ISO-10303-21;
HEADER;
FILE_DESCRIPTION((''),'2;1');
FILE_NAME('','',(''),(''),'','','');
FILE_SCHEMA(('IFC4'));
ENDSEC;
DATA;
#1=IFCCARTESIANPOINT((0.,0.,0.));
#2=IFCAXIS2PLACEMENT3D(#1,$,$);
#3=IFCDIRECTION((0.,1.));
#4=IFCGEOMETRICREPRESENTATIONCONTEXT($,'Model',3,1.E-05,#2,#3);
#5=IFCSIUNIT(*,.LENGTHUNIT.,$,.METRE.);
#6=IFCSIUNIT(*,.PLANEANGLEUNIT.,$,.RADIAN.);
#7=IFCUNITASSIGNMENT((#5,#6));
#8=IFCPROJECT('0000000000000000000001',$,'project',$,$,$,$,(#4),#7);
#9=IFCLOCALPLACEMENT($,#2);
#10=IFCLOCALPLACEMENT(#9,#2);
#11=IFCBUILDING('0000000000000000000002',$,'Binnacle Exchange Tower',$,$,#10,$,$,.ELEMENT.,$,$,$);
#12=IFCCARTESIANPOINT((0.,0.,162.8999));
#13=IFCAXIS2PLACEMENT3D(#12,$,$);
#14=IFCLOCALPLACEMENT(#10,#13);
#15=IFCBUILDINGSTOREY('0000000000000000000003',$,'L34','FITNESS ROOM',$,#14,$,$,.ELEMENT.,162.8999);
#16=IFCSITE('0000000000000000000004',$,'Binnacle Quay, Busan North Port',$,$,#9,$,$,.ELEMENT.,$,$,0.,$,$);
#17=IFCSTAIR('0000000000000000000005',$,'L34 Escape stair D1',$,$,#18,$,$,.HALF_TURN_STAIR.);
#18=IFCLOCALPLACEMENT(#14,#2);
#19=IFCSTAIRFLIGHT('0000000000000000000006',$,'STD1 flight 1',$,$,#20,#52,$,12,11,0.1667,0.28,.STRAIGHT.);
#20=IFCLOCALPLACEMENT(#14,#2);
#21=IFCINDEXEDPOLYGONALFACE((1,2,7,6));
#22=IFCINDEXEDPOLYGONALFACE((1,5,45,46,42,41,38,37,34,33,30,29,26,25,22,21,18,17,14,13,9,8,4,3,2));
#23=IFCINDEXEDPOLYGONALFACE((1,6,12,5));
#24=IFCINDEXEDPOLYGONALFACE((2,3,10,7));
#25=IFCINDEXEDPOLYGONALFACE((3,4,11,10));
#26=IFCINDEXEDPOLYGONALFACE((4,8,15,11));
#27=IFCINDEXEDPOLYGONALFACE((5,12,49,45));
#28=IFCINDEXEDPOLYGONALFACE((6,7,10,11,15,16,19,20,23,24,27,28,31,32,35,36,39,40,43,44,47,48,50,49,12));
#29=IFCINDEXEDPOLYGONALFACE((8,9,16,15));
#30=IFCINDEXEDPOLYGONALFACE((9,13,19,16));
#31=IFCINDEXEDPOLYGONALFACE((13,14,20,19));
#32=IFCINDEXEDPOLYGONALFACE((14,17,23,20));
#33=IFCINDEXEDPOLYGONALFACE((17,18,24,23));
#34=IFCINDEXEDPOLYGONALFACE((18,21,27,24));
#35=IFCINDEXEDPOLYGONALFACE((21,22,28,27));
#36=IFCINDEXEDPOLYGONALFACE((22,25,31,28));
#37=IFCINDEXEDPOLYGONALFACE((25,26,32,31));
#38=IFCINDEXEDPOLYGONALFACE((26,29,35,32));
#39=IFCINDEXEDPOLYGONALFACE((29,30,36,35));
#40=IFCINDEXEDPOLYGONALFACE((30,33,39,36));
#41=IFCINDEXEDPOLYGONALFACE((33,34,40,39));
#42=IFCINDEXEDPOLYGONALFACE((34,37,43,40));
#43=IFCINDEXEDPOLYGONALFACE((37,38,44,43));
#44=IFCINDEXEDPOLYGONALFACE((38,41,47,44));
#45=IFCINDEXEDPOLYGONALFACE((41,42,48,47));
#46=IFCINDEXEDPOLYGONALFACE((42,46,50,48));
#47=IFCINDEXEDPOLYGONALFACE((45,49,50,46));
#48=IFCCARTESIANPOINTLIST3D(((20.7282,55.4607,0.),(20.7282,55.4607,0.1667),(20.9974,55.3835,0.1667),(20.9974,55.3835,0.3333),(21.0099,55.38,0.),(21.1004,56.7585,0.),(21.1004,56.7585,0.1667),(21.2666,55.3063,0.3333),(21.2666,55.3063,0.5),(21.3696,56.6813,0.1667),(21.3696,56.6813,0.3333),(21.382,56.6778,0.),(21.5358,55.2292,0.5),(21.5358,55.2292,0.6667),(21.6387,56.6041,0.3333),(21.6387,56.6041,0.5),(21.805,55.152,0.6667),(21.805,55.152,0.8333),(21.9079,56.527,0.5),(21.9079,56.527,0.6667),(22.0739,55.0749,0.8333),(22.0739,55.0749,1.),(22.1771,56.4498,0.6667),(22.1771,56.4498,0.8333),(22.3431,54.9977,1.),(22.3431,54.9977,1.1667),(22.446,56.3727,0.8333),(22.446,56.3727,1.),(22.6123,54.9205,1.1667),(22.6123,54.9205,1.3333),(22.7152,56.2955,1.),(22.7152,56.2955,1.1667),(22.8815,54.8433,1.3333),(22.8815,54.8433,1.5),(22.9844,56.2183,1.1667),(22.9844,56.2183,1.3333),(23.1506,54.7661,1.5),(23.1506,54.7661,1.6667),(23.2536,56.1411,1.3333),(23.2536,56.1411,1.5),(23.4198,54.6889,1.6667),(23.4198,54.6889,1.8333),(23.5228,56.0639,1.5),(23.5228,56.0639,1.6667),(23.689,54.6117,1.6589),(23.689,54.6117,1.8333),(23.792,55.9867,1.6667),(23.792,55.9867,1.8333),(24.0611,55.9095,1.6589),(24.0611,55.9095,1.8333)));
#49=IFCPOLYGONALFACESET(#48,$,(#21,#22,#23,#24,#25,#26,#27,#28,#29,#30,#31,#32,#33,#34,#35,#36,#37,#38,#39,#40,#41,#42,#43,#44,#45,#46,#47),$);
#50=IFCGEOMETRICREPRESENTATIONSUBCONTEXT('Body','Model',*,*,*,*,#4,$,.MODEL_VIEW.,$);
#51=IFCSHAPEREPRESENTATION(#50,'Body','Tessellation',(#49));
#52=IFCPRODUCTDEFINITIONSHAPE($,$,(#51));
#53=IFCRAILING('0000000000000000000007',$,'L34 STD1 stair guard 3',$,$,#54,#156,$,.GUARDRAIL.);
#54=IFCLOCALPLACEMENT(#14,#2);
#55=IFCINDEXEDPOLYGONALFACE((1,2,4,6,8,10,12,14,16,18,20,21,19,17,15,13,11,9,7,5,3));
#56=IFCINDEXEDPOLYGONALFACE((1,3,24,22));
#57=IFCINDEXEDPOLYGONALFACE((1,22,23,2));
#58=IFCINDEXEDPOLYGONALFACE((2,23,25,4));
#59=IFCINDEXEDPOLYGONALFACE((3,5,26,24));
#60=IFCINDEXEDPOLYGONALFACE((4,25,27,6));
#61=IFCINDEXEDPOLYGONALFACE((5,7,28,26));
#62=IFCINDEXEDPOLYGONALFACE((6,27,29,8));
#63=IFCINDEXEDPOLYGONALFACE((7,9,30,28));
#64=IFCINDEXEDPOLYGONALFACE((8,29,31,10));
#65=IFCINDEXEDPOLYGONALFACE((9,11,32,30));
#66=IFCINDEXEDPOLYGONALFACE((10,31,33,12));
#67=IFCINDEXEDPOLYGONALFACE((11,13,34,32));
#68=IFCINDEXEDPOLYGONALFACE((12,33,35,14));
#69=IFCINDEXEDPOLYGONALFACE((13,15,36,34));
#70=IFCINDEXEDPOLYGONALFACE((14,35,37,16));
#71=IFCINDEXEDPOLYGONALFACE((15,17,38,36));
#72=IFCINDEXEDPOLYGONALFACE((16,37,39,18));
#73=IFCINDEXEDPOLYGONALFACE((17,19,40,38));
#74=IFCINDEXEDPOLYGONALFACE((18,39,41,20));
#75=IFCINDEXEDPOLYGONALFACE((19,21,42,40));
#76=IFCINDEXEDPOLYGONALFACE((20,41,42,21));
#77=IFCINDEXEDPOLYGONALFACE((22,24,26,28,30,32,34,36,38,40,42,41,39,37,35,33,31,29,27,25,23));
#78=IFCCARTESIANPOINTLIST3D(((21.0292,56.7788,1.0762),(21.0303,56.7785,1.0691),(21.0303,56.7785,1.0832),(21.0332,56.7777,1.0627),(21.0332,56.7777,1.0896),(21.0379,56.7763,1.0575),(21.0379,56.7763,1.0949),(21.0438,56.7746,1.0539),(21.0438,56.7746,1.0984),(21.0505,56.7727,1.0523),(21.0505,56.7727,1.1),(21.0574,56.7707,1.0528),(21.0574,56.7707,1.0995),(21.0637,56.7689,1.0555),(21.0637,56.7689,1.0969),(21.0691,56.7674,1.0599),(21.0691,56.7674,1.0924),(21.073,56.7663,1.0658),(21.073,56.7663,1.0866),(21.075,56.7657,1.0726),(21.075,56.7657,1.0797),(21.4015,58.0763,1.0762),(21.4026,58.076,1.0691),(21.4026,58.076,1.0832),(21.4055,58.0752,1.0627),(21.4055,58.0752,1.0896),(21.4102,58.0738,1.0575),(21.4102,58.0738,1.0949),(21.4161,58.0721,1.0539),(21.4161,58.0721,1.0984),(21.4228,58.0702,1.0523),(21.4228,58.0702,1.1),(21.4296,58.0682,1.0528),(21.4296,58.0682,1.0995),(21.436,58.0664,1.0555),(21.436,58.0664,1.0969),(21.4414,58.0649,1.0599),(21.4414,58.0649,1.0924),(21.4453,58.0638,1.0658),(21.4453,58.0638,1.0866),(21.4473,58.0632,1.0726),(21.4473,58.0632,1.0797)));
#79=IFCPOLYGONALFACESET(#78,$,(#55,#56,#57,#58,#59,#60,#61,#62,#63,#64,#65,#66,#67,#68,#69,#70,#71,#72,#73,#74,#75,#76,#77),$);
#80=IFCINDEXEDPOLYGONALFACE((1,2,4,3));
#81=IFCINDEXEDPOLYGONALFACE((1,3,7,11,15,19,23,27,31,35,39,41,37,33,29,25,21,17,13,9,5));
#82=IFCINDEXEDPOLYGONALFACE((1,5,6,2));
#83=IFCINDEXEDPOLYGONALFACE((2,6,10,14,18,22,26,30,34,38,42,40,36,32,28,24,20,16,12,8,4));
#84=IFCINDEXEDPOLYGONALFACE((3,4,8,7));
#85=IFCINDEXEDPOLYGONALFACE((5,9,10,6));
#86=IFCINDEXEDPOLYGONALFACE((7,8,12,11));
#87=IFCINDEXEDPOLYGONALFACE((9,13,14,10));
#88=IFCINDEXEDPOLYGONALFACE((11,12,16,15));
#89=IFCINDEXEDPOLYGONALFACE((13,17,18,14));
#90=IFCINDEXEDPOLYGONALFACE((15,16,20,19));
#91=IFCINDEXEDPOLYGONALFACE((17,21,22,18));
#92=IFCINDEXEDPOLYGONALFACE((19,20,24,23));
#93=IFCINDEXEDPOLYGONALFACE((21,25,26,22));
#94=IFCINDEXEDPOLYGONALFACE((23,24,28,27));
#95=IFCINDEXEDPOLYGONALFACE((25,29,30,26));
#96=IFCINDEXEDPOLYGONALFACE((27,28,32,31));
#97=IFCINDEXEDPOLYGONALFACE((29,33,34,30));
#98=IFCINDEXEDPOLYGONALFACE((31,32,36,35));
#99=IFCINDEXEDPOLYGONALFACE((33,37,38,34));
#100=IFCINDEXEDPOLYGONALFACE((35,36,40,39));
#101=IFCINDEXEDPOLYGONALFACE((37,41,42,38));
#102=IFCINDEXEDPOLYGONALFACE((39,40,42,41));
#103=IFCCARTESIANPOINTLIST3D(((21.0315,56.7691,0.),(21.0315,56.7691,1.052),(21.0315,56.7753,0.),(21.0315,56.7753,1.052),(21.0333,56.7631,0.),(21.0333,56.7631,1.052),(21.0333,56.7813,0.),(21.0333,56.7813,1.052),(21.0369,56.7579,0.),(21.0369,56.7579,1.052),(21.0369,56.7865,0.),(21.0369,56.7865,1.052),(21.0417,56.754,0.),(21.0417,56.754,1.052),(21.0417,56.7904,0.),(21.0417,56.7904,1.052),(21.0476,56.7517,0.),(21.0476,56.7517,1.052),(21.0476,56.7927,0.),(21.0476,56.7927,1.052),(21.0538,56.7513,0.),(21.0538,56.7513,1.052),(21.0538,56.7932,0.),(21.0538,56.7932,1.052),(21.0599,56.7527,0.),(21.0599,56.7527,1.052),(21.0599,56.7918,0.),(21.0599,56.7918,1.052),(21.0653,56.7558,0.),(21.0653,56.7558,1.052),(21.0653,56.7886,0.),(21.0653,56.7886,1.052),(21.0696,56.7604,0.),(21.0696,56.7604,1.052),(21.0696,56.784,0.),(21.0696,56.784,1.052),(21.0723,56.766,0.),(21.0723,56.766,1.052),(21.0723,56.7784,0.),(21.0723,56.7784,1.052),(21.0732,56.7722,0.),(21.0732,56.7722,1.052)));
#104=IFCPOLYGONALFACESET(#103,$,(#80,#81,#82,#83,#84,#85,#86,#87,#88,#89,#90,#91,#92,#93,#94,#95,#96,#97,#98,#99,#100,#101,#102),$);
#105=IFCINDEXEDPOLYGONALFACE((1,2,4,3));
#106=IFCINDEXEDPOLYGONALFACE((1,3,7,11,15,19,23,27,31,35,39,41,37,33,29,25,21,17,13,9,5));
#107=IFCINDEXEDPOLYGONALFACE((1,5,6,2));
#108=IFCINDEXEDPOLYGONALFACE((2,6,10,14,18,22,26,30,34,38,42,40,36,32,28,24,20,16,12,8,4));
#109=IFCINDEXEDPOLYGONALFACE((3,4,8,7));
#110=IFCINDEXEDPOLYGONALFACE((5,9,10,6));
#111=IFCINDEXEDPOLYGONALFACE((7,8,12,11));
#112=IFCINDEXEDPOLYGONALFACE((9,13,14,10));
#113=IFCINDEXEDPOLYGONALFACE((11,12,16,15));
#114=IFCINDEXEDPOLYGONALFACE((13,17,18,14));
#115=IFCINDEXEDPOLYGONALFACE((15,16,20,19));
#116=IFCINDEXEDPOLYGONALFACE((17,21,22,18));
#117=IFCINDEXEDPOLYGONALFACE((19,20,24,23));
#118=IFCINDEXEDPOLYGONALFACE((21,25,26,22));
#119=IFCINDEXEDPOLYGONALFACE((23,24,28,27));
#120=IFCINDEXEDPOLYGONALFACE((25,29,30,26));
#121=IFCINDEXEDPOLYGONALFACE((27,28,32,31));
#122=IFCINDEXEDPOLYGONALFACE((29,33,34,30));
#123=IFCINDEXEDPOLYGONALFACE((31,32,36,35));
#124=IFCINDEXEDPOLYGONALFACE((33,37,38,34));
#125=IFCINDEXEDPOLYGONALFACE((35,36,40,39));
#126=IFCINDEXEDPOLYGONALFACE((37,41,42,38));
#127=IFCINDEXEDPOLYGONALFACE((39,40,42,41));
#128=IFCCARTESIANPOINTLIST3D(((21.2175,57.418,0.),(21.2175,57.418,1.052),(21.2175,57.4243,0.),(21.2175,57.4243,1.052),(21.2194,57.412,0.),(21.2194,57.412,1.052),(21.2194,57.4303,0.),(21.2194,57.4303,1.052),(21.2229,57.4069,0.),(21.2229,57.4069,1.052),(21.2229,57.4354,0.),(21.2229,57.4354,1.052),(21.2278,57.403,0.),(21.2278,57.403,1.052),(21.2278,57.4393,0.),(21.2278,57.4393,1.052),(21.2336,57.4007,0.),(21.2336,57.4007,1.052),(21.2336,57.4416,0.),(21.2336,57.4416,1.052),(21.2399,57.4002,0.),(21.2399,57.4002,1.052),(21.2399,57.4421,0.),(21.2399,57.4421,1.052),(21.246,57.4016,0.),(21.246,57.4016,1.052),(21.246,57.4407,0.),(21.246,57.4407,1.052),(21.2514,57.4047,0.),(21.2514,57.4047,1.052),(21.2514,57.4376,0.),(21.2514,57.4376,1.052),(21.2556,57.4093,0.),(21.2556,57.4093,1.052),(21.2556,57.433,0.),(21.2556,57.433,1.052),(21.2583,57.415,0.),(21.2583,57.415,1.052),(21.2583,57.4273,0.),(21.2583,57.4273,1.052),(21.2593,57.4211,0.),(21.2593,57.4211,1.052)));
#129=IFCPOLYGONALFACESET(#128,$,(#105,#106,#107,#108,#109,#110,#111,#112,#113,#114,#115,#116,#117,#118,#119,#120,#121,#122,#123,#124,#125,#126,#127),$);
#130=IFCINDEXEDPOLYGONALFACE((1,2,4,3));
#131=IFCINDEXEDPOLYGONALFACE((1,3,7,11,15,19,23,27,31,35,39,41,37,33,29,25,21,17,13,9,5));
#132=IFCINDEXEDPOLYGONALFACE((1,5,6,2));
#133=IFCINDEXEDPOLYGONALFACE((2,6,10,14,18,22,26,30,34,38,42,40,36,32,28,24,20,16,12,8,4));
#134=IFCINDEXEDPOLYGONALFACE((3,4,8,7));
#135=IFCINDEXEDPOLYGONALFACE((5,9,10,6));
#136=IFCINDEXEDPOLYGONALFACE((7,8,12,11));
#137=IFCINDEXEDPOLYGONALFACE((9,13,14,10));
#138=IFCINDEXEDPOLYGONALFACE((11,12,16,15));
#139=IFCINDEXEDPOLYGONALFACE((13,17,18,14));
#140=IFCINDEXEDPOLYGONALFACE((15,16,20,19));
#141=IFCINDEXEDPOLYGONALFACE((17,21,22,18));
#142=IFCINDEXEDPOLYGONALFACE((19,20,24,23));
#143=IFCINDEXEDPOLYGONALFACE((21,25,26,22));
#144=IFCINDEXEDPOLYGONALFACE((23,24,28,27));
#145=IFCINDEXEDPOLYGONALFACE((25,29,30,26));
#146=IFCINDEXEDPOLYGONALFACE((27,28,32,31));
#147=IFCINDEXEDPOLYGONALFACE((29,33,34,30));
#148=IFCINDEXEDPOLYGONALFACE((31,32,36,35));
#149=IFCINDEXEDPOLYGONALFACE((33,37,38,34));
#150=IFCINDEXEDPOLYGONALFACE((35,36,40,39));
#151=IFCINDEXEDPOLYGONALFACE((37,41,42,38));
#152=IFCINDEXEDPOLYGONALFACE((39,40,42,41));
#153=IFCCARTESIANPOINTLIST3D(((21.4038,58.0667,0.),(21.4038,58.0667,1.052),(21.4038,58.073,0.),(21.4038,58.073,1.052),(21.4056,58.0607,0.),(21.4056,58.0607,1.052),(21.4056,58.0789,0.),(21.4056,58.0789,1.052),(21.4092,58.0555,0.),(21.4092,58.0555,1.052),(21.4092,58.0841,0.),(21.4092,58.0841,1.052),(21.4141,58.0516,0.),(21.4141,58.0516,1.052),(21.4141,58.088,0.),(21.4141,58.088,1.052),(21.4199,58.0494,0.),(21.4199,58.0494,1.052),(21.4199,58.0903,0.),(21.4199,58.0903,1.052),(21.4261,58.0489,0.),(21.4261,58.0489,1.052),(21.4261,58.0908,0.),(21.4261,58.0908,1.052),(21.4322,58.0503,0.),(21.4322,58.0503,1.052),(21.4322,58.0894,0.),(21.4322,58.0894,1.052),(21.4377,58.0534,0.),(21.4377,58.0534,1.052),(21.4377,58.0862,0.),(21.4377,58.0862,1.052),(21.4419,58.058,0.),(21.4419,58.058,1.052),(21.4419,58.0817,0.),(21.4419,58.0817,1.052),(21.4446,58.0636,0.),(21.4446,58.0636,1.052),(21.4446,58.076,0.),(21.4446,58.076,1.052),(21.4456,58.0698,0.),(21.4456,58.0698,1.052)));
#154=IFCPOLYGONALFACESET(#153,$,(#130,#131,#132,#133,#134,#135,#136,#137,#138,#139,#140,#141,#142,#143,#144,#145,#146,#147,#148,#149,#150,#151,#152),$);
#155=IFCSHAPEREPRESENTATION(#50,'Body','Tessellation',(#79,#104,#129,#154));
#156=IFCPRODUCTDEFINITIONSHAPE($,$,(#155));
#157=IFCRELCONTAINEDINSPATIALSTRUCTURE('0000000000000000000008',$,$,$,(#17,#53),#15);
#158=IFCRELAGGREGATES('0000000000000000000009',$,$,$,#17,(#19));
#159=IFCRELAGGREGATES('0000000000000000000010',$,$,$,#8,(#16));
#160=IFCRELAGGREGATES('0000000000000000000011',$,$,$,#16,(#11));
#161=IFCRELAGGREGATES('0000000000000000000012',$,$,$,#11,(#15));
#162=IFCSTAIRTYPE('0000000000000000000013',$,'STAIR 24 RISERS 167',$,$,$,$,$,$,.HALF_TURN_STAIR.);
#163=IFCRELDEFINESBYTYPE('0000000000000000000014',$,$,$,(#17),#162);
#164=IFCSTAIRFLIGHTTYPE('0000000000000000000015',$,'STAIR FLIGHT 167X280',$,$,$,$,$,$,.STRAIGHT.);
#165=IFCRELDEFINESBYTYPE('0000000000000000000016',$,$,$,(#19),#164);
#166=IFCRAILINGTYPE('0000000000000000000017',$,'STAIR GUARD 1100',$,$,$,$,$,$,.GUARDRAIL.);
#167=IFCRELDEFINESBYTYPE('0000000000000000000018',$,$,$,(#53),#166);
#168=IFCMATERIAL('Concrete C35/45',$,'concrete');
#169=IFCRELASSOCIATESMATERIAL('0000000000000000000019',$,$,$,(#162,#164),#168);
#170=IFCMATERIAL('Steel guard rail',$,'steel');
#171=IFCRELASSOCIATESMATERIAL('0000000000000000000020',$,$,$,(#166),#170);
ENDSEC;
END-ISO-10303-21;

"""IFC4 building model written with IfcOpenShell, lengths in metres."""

from ifc_helpers import new_model, si_unit, direction, frame, origin, origin_2d, place, context, subcontext, project, spatial, polyline, circle, outline, extrude, material, type_object, element, aggregate, save


model = new_model("IFC4")

# Units and contexts
model_context = context("Model", 3, precision=1e-05, world=origin(), true_north=direction((0.0, 1.0)))
body_context = subcontext(model_context, "Body", "Model", "MODEL_VIEW")
ifc_project = project(units=[si_unit("LENGTHUNIT", "METRE"), si_unit("PLANEANGLEUNIT", "RADIAN")], contexts=[model_context])

# Site, building, storey
site_placement = place(None, origin())
site = spatial("IfcSite", under=ifc_project, at=site_placement, Name="Binnacle Quay, Busan North Port", CompositionType="ELEMENT", RefElevation=0.0)
building_placement = place(site_placement, origin())
building = spatial("IfcBuilding", under=site, at=building_placement, Name="Binnacle Exchange Tower", CompositionType="ELEMENT")
storey_placement = place(building_placement, frame((0.0, 0.0, 162.8999)))
storey = spatial("IfcBuildingStorey", under=building, at=storey_placement, Name="L34", Description="FITNESS ROOM", CompositionType="ELEMENT", Elevation=162.8999)

# Stair, stair flight
ifc_material_1 = material(Name="Concrete C35/45", Category="concrete")
stair_type = type_object("IfcStairType", Name="STAIR 24 RISERS 167", PredefinedType="HALF_TURN_STAIR", material=ifc_material_1)
stair_placement = place(storey_placement, origin())
stair = element("IfcStair", 1, at=stair_placement, inside=storey, type_object=stair_type, Name="L34 Escape stair D1", PredefinedType="HALF_TURN_STAIR")
stair_flight_type = type_object("IfcStairFlightType", Name="STAIR FLIGHT 167X280", PredefinedType="STRAIGHT", material=ifc_material_1)
stair_flight_placement = place(storey_placement, frame((20.9143, 56.1096, 0.0), z_axis=(0.0, 0.0, 1.0), x_axis=(0.961262, -0.275637, 0.0)))
stair_flight = element("IfcStairFlight", 2, at=stair_flight_placement, type_object=stair_flight_type, Name="STD1 flight 1", NumberOfRisers=12, NumberOfTreads=11, PredefinedType="STRAIGHT", RiserHeight=0.1667, TreadLength=0.28, context=body_context, shape_type="SweptSolid", body=[
    extrude(outline(polyline([(0.0, 0.0), (0.0, 0.1667), (0.28, 0.1667), (0.28, 0.3333), (0.5601, 0.3333), (0.5601, 0.5), (0.8401, 0.5), (0.8401, 0.6667), (1.1201, 0.6667), (1.1201, 0.8333), (1.3999, 0.8333), (1.3999, 1.0), (1.6799, 1.0), (1.6799, 1.1667), (1.96, 1.1667), (1.96, 1.3333), (2.24, 1.3333), (2.24, 1.5), (2.52, 1.5), (2.52, 1.6667), (2.8, 1.6667), (2.8, 1.8333), (3.0801, 1.8333), (3.0801, 2.0), (3.0801, 1.6589), (0.293, 0.0), (0.0, 0.0)])), frame((0.0, 0.675, 0.0), z_axis=(0.0, -1.0, 0.0), x_axis=(1.0, 0.0, 0.0)), (0.0, 0.0, 1.0), 1.3501),
])
aggregate(stair, [stair_flight])

# Railing
ifc_material_2 = material(Name="Steel guard rail", Category="steel")
railing_type_1 = type_object("IfcRailingType", Name="STAIR GUARD 1100", PredefinedType="GUARDRAIL", material=ifc_material_2)
railing_1_placement = place(storey_placement, frame((21.0522, 56.7722, 0.0)))
element("IfcRailing", 3, at=railing_1_placement, inside=storey, type_object=railing_type_1, Name="L34 STD1 stair guard 3", PredefinedType="GUARDRAIL", context=body_context, shape_type="SweptSolid", body=[
    extrude(circle(Radius=0.0239, at=origin_2d()), frame((0.0, 0.0, 1.0762), z_axis=(0.275796, 0.961216, 0.0), x_axis=(-0.961216, 0.275796, 0.0)), (0.0, 0.0, 1.0), 1.3499),
    extrude(circle(Radius=0.021, at=origin_2d()), origin(), (0.0, 0.0, 1.0), 1.052),
    extrude(circle(Radius=0.021, at=origin_2d()), frame((0.186, 0.6489, 0.0)), (0.0, 0.0, 1.0), 1.052),
    extrude(circle(Radius=0.021, at=origin_2d()), frame((0.3723, 1.2976, 0.0)), (0.0, 0.0, 1.0), 1.052),
])

save(model, "model.ifc")
